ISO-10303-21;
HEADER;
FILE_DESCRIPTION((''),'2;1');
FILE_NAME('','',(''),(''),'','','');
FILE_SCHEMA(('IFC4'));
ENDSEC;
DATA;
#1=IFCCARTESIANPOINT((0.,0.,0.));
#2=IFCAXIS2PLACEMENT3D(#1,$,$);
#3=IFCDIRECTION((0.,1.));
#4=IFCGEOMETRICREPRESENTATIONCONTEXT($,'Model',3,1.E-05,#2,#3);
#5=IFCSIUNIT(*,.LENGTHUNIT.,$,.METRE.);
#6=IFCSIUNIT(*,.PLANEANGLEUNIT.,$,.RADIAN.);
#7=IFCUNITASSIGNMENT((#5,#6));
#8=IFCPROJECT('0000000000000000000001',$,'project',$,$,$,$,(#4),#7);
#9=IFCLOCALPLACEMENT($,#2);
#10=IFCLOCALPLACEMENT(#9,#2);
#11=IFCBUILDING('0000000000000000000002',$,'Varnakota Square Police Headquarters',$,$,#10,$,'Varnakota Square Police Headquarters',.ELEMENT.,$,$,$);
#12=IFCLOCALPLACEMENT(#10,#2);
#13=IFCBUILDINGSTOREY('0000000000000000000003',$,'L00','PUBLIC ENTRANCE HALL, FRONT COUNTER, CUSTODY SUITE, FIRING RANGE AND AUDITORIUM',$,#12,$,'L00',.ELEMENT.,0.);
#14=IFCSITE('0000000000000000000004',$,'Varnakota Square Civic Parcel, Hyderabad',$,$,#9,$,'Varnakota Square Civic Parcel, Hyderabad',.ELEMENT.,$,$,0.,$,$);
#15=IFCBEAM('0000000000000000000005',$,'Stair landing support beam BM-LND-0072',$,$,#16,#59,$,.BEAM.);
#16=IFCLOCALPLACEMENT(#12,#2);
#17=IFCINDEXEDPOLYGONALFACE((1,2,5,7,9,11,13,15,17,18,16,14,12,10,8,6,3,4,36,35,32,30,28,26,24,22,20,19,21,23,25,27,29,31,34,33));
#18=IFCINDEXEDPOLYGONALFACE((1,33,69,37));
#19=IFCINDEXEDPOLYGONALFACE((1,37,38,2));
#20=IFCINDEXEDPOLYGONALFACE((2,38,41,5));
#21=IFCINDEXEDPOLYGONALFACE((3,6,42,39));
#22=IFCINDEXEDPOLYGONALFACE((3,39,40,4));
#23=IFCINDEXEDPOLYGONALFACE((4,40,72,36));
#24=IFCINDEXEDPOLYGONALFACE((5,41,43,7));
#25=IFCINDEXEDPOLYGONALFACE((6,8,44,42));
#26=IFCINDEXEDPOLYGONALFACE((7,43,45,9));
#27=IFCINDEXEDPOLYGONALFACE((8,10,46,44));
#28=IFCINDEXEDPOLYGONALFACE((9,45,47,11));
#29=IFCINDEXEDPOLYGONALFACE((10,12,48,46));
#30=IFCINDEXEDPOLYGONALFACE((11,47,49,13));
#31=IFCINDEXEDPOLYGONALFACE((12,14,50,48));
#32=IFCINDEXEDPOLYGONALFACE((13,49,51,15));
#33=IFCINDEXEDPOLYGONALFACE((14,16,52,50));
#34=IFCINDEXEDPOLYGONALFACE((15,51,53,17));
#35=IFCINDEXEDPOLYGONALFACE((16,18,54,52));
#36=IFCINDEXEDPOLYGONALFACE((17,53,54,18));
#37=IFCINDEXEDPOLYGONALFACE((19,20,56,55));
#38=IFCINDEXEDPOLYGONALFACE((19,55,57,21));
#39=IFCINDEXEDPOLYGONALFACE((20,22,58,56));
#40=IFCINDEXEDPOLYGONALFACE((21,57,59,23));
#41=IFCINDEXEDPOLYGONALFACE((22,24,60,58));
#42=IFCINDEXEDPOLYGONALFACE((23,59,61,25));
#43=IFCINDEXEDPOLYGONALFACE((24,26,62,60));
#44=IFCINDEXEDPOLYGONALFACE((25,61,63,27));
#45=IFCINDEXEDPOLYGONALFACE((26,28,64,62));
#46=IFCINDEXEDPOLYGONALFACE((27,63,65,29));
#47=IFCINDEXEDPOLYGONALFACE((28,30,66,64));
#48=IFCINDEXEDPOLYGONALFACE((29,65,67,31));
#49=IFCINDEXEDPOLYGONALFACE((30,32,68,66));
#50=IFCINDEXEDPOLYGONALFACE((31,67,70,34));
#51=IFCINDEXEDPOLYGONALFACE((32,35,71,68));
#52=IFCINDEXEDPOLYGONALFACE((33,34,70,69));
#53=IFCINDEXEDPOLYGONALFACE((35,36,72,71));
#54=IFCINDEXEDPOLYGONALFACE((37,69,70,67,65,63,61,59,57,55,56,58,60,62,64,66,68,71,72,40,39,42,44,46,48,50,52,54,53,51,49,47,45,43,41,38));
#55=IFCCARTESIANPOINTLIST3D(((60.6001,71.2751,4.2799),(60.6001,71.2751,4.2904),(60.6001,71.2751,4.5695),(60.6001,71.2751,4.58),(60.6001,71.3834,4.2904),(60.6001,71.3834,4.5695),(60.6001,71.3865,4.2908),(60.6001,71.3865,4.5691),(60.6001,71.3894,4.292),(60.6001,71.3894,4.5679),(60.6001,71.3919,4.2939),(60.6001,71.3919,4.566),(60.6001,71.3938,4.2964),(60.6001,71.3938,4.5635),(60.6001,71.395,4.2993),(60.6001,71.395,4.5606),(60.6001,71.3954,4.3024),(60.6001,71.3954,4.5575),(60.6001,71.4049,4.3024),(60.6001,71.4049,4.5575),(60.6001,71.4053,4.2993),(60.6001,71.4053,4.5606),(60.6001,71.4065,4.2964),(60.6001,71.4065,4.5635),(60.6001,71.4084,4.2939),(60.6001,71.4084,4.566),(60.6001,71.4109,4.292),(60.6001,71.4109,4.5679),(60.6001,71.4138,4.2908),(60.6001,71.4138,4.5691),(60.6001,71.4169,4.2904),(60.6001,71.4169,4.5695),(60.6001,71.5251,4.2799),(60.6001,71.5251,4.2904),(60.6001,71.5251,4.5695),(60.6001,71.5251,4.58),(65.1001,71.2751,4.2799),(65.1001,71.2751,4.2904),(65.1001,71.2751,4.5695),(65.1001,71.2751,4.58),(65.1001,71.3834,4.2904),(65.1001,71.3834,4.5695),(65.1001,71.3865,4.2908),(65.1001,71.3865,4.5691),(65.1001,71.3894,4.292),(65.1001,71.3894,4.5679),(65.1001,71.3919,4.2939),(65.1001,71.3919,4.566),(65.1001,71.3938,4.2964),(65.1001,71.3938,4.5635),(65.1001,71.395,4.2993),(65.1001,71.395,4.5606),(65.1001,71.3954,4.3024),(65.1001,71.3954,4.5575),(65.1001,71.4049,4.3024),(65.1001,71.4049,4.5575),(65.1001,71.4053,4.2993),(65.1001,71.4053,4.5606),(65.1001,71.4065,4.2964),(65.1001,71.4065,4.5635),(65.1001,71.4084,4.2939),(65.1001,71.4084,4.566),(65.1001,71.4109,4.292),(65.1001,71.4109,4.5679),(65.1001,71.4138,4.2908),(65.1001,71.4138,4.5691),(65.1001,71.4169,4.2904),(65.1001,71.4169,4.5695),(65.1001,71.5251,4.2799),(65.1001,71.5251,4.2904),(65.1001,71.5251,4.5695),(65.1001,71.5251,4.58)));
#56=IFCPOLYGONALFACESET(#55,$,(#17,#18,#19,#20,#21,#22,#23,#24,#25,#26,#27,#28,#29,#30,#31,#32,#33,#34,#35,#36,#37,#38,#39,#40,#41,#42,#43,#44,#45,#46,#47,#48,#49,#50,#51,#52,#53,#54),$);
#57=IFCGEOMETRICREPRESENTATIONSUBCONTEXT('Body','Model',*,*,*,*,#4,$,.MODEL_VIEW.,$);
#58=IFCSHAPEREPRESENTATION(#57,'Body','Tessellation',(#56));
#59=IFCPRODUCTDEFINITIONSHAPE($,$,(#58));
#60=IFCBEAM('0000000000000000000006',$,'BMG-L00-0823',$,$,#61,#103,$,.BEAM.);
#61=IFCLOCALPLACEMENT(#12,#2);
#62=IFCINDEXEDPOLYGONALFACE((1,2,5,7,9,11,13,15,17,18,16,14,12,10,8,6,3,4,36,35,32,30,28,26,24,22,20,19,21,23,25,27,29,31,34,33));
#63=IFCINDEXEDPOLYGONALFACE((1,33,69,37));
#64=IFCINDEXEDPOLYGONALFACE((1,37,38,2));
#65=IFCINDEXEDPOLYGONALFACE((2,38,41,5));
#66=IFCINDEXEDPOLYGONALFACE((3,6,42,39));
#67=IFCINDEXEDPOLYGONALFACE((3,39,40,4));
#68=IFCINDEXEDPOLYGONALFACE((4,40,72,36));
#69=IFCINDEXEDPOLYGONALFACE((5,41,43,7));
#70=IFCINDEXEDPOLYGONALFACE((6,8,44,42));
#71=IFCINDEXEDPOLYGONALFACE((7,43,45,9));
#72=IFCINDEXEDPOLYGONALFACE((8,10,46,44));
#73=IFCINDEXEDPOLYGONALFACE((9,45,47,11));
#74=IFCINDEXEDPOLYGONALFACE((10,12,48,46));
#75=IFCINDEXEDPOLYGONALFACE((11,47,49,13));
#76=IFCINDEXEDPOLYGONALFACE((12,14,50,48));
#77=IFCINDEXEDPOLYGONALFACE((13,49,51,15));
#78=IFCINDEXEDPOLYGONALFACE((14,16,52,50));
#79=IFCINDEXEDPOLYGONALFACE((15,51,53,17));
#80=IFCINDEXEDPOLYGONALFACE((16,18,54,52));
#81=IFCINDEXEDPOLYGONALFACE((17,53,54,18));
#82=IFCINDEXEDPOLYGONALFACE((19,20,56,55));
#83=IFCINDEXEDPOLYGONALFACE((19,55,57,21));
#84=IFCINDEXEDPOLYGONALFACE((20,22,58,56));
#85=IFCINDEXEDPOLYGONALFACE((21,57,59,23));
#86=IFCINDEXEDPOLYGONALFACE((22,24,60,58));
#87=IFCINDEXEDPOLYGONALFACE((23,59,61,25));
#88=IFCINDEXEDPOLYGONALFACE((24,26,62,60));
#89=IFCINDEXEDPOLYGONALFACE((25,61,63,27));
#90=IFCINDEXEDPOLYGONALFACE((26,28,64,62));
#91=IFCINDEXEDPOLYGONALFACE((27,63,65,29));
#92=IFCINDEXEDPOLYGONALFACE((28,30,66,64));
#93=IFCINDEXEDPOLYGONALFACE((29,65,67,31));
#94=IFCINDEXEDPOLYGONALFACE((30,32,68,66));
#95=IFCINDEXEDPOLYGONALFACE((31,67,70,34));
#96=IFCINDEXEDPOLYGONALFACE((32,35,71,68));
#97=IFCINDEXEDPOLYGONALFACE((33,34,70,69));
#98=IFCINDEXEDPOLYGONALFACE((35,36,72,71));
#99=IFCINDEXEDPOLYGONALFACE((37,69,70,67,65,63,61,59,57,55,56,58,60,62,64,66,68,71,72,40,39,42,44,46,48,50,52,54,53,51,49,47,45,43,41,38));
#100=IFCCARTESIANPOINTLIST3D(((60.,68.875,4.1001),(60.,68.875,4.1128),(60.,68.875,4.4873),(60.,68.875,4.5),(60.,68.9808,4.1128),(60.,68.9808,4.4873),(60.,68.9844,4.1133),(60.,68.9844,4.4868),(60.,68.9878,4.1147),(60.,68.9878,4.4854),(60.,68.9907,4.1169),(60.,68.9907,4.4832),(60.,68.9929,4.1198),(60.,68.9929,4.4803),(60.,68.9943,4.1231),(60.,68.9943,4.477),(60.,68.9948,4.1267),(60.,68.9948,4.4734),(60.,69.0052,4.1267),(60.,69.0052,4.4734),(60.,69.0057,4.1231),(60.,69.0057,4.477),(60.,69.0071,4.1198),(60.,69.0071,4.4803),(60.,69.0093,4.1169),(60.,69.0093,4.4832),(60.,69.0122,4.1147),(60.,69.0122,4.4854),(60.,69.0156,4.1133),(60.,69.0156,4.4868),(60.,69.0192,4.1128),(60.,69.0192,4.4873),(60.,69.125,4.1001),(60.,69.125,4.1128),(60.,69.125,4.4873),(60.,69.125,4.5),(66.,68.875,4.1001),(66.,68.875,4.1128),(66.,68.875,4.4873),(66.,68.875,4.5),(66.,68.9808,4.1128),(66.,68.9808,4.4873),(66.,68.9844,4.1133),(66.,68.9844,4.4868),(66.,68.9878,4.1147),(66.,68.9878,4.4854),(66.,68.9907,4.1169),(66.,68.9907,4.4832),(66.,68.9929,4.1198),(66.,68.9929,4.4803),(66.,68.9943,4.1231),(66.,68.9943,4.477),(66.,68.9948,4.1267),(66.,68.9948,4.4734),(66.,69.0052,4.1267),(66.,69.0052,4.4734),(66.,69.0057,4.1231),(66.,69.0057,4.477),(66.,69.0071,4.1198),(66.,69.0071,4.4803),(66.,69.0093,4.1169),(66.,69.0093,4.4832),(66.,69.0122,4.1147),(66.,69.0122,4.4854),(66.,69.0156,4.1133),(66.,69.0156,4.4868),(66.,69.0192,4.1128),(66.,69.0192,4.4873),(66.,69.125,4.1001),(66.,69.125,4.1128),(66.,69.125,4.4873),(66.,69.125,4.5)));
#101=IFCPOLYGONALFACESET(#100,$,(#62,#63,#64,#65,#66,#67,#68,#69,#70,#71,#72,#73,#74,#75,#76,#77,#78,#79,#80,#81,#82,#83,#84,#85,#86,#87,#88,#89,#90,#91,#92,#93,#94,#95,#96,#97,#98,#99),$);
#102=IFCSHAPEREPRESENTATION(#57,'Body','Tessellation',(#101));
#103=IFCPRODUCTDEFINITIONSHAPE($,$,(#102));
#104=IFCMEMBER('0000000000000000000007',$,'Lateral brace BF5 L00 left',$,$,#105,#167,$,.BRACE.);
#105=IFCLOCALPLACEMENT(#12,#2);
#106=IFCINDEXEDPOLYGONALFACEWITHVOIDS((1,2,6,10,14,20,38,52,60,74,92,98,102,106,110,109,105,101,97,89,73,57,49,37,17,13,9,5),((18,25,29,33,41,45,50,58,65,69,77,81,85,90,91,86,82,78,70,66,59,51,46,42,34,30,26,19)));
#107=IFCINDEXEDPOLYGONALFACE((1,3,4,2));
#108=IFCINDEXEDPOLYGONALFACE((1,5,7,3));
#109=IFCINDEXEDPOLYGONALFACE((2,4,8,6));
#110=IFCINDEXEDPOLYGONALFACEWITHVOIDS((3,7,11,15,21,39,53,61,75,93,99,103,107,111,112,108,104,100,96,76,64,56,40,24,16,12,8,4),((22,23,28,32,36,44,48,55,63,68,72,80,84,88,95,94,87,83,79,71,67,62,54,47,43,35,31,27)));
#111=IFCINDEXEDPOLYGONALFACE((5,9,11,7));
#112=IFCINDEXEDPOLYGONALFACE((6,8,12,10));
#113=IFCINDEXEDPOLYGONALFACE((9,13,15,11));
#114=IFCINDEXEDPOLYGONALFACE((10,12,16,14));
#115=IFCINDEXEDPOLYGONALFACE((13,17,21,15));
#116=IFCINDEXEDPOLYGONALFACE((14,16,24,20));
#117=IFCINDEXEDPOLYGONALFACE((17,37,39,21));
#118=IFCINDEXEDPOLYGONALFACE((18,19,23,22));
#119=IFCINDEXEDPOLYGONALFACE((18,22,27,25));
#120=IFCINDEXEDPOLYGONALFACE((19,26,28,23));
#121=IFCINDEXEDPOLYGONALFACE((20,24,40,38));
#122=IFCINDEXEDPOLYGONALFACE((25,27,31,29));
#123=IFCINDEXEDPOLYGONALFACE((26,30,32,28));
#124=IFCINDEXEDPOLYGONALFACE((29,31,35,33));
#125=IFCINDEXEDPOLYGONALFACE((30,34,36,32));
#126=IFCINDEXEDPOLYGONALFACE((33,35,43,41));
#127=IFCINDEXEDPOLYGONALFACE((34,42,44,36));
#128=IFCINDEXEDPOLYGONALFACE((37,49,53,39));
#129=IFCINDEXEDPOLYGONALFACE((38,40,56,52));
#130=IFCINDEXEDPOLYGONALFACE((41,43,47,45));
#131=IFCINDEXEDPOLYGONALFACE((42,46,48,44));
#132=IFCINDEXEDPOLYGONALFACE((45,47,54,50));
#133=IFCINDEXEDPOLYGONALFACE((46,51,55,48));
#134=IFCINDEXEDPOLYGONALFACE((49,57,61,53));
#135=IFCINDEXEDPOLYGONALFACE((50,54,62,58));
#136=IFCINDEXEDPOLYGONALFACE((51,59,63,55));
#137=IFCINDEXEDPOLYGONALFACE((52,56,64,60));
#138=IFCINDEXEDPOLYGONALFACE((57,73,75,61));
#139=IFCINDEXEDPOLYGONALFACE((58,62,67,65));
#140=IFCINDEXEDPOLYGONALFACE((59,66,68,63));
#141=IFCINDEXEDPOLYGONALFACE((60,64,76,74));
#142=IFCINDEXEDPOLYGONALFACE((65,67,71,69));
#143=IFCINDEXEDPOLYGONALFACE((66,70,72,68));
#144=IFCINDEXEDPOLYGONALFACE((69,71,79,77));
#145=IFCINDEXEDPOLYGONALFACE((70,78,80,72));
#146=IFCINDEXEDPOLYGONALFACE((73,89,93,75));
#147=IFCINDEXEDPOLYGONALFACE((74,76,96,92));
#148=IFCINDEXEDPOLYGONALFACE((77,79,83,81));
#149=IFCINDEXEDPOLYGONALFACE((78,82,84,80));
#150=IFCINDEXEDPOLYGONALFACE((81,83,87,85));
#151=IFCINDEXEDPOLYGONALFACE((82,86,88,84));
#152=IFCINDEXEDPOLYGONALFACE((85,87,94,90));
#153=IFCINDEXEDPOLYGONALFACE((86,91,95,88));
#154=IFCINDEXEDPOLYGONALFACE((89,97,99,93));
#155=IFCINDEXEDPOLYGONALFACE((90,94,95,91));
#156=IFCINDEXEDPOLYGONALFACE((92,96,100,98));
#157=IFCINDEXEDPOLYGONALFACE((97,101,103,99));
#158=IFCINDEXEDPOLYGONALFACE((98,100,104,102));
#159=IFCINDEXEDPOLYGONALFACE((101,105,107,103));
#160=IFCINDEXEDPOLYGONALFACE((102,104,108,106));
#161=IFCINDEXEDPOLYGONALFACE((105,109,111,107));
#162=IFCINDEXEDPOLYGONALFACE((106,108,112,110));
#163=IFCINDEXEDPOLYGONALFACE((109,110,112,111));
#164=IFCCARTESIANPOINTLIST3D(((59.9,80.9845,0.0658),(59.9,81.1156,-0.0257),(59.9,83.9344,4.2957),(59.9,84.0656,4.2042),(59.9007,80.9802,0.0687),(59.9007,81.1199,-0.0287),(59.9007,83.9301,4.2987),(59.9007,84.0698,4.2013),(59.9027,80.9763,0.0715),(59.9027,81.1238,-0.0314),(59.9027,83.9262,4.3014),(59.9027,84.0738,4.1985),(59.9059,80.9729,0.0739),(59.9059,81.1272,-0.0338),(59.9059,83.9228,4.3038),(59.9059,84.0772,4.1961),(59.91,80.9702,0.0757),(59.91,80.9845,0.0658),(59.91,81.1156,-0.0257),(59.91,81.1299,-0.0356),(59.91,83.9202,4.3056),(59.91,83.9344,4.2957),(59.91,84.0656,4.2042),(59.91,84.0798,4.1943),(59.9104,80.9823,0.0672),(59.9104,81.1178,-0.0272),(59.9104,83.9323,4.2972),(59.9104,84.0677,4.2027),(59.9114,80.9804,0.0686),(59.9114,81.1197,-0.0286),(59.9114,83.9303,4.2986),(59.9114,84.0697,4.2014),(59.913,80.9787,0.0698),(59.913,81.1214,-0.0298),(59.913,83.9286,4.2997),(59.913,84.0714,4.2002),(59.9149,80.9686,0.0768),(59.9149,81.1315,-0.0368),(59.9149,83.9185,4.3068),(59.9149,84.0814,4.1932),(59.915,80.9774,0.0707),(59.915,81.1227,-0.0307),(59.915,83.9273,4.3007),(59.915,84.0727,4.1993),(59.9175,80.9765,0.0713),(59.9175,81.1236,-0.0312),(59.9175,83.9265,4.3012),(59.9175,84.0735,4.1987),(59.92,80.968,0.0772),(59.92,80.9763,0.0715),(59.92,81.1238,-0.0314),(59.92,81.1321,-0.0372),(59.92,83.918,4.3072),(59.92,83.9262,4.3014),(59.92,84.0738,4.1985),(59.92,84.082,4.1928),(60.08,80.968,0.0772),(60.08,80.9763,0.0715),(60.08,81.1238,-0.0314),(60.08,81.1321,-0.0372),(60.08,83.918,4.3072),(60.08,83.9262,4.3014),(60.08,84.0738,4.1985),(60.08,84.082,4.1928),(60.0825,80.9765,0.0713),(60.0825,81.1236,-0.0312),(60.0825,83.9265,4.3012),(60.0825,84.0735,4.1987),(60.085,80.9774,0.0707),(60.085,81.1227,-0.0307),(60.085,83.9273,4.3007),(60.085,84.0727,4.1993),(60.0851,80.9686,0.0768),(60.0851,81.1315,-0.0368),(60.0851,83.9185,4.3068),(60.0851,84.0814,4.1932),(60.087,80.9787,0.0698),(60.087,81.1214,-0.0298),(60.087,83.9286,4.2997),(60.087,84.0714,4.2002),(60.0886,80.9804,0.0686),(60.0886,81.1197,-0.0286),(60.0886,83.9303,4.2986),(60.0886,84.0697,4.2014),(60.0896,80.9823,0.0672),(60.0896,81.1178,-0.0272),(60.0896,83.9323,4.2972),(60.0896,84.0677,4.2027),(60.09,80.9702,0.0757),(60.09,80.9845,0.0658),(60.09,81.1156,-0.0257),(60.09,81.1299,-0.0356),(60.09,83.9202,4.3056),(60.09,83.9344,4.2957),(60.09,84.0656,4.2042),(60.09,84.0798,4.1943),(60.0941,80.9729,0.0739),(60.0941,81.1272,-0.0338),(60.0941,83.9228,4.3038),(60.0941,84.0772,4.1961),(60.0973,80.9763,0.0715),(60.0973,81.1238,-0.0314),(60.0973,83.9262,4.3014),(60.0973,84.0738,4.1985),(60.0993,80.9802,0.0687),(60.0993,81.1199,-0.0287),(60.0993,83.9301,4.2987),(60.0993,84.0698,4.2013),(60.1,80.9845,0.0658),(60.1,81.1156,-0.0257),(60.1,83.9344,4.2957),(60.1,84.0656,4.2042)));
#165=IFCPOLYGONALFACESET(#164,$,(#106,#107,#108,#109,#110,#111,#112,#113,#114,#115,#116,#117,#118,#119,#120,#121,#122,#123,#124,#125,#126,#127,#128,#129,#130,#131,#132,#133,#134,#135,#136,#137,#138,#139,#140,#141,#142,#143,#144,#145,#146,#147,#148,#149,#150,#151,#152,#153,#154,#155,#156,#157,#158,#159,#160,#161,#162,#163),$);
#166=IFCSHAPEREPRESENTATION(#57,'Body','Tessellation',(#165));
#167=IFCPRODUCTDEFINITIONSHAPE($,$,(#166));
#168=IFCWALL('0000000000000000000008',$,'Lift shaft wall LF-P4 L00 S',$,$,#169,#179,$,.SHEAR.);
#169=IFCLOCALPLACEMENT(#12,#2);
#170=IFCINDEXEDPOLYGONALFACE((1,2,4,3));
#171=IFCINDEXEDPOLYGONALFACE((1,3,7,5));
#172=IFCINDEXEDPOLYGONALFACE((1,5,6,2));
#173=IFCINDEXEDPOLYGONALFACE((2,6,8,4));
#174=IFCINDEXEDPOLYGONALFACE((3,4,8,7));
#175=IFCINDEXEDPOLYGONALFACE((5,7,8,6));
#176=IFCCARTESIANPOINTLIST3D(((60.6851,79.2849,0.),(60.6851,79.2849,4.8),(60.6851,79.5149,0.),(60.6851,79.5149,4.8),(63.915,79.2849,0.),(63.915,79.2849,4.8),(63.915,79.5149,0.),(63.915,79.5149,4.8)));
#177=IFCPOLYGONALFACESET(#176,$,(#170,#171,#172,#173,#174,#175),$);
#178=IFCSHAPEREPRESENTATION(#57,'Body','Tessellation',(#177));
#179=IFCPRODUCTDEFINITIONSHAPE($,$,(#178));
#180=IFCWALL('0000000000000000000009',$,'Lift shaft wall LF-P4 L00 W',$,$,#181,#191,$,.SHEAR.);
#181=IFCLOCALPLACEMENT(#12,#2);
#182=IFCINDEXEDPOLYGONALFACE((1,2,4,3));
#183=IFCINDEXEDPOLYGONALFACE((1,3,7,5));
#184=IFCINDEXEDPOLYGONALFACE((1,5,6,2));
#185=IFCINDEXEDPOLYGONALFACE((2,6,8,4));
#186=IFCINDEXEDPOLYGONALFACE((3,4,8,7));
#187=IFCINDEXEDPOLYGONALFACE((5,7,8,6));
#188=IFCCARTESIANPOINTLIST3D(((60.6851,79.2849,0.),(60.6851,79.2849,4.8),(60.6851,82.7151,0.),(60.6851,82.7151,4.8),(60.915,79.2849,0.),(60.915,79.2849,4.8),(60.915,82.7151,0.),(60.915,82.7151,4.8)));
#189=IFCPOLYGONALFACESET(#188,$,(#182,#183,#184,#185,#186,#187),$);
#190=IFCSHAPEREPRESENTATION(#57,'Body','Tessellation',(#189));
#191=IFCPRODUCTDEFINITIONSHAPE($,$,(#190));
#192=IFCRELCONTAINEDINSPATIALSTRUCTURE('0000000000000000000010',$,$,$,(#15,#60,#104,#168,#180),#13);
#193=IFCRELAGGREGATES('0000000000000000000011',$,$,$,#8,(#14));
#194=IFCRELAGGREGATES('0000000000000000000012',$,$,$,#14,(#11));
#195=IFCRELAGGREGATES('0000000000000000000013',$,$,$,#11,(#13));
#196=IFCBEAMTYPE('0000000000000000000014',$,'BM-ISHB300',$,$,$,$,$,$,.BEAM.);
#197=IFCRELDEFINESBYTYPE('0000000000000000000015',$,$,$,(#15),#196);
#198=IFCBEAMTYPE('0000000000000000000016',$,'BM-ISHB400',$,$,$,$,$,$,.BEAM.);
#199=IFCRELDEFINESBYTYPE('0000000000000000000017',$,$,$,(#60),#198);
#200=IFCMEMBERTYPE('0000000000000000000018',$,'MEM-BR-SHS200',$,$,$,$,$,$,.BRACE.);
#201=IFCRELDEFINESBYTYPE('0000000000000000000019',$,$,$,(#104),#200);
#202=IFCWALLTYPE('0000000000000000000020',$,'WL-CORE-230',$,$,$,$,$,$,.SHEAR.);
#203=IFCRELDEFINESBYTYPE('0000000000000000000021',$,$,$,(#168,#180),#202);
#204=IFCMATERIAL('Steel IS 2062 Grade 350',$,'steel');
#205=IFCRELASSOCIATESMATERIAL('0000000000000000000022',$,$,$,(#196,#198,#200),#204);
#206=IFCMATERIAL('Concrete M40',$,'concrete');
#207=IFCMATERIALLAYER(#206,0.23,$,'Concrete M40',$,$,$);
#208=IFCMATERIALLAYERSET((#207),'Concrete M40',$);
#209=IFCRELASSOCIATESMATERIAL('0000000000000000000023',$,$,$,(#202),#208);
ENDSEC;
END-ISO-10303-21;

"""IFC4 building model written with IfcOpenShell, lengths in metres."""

from ifc_helpers import new_model, si_unit, direction, frame, frame_2d, origin, origin_2d, place, context, subcontext, project, spatial, rectangle, hollow_rectangle, i_section, extrude, material, layer, layer_set, material_profile, profile_set, type_object, element, save


model = new_model("IFC4")

# Units and contexts
model_context = context("Model", 3, precision=1e-05, world=origin(), true_north=direction((0.0, 1.0)))
body_context = subcontext(model_context, "Body", "Model", "MODEL_VIEW")
ifc_project = project(units=[si_unit("LENGTHUNIT", "METRE"), si_unit("PLANEANGLEUNIT", "RADIAN")], contexts=[model_context])

# Site, building, storey
site_placement = place(None, origin())
site = spatial("IfcSite", under=ifc_project, at=site_placement, Name="Varnakota Square Civic Parcel, Hyderabad", LongName="Varnakota Square Civic Parcel, Hyderabad", CompositionType="ELEMENT", RefElevation=0.0)
building_placement = place(site_placement, origin())
building = spatial("IfcBuilding", under=site, at=building_placement, Name="Varnakota Square Police Headquarters", LongName="Varnakota Square Police Headquarters", CompositionType="ELEMENT")
storey_placement = place(building_placement, origin())
storey = spatial("IfcBuildingStorey", under=building, at=storey_placement, Name="L00", Description="PUBLIC ENTRANCE HALL, FRONT COUNTER, CUSTODY SUITE, FIRING RANGE AND AUDITORIUM", LongName="L00", CompositionType="ELEMENT", Elevation=0.0)

# Beams
ifc_material_1 = material(Name="Steel IS 2062 Grade 350", Category="steel")
ifc_material_profile_1 = material_profile(ifc_material_1, i_section(OverallWidth=0.25, OverallDepth=0.3, WebThickness=0.0095, FlangeThickness=0.0105, FilletRadius=0.012, at=origin_2d()), Name="ISHB 300")
ifc_profile_set_1 = profile_set([ifc_material_profile_1], Name="Steel IS 2062 Grade 350")
beam_type_1 = type_object("IfcBeamType", Name="BM-ISHB300", PredefinedType="BEAM", material=ifc_profile_set_1)
for number, where, z_axis, x_axis, name in (
    (1, (60.6001, 71.4001, 4.4299), (1.0, 0.0, 0.0), (0.0, 1.0, 0.0), "Stair landing support beam BM-LND-0072"),
):
    element("IfcBeam", number, at=place(storey_placement, frame(where, z_axis=z_axis, x_axis=x_axis)), inside=storey, type_object=beam_type_1, Name=name, PredefinedType="BEAM", context=body_context, shape_type="SweptSolid", body=[
        extrude(i_section(OverallWidth=0.25, OverallDepth=0.3, WebThickness=0.0095, FlangeThickness=0.0105, FilletRadius=0.012, at=origin_2d()), origin(), (0.0, 0.0, 1.0), 4.5),
    ])
ifc_material_profile_2 = material_profile(ifc_material_1, i_section(OverallWidth=0.25, OverallDepth=0.3999, WebThickness=0.0105, FlangeThickness=0.0127, FilletRadius=0.0139, at=origin_2d()), Name="ISHB 400")
ifc_profile_set_2 = profile_set([ifc_material_profile_2], Name="Steel IS 2062 Grade 350")
beam_type_2 = type_object("IfcBeamType", Name="BM-ISHB400", PredefinedType="BEAM", material=ifc_profile_set_2)
beam_1_placement = place(storey_placement, frame((60.0, 69.0, 4.3), z_axis=(1.0, 0.0, 0.0), x_axis=(0.0, 1.0, 0.0)))
element("IfcBeam", 2, at=beam_1_placement, inside=storey, type_object=beam_type_2, Name="BMG-L00-0823", PredefinedType="BEAM", context=body_context, shape_type="SweptSolid", body=[
    extrude(i_section(OverallWidth=0.25, OverallDepth=0.3999, WebThickness=0.0105, FlangeThickness=0.0127, FilletRadius=0.0139, at=origin_2d()), origin(), (0.0, 0.0, 1.0), 6.0),
])

# Member
ifc_material_profile_3 = material_profile(ifc_material_1, hollow_rectangle(XDim=0.2, YDim=0.2, WallThickness=0.01, InnerFilletRadius=0.01, OuterFilletRadius=0.02, at=origin_2d()), Name="SHS 200x200x10")
ifc_profile_set_3 = profile_set([ifc_material_profile_3], Name="Steel IS 2062 Grade 350")
member_type = type_object("IfcMemberType", Name="MEM-BR-SHS200", PredefinedType="BRACE", material=ifc_profile_set_3)
member_placement = place(storey_placement, frame((60.0, 81.05, 0.02), z_axis=(0.0, 0.572025, 0.820236), x_axis=(-1.0, 0.0, 0.0)))
element("IfcMember", 3, at=member_placement, inside=storey, type_object=member_type, Name="Lateral brace BF5 L00 left", PredefinedType="BRACE", context=body_context, shape_type="SweptSolid", body=[
    extrude(hollow_rectangle(XDim=0.2, YDim=0.2, WallThickness=0.01, InnerFilletRadius=0.01, OuterFilletRadius=0.02, at=origin_2d()), origin(), (0.0, 0.0, 1.0), 5.157),
])

# Walls
ifc_material_2 = material(Name="Concrete M40", Category="concrete")
ifc_layer_1 = layer(ifc_material_2, 0.23, Name="Concrete M40")
ifc_layer_set_1 = layer_set([ifc_layer_1], Name="Concrete M40")
wall_type_1 = type_object("IfcWallType", Name="WL-CORE-230", PredefinedType="SHEAR", material=ifc_layer_set_1)
wall_1_placement = place(storey_placement, frame((60.6851, 79.3999, 0.0), z_axis=(0.0, 0.0, 1.0), x_axis=(1.0, 0.0, 0.0)))
element("IfcWall", 4, at=wall_1_placement, inside=storey, type_object=wall_type_1, Name="Lift shaft wall LF-P4 L00 S", PredefinedType="SHEAR", context=body_context, shape_type="SweptSolid", body=[
    extrude(rectangle(XDim=3.23, YDim=0.23, at=frame_2d((1.615, 0.0))), origin(), (0.0, 0.0, 1.0), 4.8),
])
wall_2_placement = place(storey_placement, frame((60.8, 82.7151, 0.0), z_axis=(0.0, 0.0, 1.0), x_axis=(0.0, -1.0, 0.0)))
element("IfcWall", 5, at=wall_2_placement, inside=storey, type_object=wall_type_1, Name="Lift shaft wall LF-P4 L00 W", PredefinedType="SHEAR", context=body_context, shape_type="SweptSolid", body=[
    extrude(rectangle(XDim=3.4302, YDim=0.23, at=frame_2d((1.7151, 0.0))), origin(), (0.0, 0.0, 1.0), 4.8),
])

save(model, "model.ifc")
